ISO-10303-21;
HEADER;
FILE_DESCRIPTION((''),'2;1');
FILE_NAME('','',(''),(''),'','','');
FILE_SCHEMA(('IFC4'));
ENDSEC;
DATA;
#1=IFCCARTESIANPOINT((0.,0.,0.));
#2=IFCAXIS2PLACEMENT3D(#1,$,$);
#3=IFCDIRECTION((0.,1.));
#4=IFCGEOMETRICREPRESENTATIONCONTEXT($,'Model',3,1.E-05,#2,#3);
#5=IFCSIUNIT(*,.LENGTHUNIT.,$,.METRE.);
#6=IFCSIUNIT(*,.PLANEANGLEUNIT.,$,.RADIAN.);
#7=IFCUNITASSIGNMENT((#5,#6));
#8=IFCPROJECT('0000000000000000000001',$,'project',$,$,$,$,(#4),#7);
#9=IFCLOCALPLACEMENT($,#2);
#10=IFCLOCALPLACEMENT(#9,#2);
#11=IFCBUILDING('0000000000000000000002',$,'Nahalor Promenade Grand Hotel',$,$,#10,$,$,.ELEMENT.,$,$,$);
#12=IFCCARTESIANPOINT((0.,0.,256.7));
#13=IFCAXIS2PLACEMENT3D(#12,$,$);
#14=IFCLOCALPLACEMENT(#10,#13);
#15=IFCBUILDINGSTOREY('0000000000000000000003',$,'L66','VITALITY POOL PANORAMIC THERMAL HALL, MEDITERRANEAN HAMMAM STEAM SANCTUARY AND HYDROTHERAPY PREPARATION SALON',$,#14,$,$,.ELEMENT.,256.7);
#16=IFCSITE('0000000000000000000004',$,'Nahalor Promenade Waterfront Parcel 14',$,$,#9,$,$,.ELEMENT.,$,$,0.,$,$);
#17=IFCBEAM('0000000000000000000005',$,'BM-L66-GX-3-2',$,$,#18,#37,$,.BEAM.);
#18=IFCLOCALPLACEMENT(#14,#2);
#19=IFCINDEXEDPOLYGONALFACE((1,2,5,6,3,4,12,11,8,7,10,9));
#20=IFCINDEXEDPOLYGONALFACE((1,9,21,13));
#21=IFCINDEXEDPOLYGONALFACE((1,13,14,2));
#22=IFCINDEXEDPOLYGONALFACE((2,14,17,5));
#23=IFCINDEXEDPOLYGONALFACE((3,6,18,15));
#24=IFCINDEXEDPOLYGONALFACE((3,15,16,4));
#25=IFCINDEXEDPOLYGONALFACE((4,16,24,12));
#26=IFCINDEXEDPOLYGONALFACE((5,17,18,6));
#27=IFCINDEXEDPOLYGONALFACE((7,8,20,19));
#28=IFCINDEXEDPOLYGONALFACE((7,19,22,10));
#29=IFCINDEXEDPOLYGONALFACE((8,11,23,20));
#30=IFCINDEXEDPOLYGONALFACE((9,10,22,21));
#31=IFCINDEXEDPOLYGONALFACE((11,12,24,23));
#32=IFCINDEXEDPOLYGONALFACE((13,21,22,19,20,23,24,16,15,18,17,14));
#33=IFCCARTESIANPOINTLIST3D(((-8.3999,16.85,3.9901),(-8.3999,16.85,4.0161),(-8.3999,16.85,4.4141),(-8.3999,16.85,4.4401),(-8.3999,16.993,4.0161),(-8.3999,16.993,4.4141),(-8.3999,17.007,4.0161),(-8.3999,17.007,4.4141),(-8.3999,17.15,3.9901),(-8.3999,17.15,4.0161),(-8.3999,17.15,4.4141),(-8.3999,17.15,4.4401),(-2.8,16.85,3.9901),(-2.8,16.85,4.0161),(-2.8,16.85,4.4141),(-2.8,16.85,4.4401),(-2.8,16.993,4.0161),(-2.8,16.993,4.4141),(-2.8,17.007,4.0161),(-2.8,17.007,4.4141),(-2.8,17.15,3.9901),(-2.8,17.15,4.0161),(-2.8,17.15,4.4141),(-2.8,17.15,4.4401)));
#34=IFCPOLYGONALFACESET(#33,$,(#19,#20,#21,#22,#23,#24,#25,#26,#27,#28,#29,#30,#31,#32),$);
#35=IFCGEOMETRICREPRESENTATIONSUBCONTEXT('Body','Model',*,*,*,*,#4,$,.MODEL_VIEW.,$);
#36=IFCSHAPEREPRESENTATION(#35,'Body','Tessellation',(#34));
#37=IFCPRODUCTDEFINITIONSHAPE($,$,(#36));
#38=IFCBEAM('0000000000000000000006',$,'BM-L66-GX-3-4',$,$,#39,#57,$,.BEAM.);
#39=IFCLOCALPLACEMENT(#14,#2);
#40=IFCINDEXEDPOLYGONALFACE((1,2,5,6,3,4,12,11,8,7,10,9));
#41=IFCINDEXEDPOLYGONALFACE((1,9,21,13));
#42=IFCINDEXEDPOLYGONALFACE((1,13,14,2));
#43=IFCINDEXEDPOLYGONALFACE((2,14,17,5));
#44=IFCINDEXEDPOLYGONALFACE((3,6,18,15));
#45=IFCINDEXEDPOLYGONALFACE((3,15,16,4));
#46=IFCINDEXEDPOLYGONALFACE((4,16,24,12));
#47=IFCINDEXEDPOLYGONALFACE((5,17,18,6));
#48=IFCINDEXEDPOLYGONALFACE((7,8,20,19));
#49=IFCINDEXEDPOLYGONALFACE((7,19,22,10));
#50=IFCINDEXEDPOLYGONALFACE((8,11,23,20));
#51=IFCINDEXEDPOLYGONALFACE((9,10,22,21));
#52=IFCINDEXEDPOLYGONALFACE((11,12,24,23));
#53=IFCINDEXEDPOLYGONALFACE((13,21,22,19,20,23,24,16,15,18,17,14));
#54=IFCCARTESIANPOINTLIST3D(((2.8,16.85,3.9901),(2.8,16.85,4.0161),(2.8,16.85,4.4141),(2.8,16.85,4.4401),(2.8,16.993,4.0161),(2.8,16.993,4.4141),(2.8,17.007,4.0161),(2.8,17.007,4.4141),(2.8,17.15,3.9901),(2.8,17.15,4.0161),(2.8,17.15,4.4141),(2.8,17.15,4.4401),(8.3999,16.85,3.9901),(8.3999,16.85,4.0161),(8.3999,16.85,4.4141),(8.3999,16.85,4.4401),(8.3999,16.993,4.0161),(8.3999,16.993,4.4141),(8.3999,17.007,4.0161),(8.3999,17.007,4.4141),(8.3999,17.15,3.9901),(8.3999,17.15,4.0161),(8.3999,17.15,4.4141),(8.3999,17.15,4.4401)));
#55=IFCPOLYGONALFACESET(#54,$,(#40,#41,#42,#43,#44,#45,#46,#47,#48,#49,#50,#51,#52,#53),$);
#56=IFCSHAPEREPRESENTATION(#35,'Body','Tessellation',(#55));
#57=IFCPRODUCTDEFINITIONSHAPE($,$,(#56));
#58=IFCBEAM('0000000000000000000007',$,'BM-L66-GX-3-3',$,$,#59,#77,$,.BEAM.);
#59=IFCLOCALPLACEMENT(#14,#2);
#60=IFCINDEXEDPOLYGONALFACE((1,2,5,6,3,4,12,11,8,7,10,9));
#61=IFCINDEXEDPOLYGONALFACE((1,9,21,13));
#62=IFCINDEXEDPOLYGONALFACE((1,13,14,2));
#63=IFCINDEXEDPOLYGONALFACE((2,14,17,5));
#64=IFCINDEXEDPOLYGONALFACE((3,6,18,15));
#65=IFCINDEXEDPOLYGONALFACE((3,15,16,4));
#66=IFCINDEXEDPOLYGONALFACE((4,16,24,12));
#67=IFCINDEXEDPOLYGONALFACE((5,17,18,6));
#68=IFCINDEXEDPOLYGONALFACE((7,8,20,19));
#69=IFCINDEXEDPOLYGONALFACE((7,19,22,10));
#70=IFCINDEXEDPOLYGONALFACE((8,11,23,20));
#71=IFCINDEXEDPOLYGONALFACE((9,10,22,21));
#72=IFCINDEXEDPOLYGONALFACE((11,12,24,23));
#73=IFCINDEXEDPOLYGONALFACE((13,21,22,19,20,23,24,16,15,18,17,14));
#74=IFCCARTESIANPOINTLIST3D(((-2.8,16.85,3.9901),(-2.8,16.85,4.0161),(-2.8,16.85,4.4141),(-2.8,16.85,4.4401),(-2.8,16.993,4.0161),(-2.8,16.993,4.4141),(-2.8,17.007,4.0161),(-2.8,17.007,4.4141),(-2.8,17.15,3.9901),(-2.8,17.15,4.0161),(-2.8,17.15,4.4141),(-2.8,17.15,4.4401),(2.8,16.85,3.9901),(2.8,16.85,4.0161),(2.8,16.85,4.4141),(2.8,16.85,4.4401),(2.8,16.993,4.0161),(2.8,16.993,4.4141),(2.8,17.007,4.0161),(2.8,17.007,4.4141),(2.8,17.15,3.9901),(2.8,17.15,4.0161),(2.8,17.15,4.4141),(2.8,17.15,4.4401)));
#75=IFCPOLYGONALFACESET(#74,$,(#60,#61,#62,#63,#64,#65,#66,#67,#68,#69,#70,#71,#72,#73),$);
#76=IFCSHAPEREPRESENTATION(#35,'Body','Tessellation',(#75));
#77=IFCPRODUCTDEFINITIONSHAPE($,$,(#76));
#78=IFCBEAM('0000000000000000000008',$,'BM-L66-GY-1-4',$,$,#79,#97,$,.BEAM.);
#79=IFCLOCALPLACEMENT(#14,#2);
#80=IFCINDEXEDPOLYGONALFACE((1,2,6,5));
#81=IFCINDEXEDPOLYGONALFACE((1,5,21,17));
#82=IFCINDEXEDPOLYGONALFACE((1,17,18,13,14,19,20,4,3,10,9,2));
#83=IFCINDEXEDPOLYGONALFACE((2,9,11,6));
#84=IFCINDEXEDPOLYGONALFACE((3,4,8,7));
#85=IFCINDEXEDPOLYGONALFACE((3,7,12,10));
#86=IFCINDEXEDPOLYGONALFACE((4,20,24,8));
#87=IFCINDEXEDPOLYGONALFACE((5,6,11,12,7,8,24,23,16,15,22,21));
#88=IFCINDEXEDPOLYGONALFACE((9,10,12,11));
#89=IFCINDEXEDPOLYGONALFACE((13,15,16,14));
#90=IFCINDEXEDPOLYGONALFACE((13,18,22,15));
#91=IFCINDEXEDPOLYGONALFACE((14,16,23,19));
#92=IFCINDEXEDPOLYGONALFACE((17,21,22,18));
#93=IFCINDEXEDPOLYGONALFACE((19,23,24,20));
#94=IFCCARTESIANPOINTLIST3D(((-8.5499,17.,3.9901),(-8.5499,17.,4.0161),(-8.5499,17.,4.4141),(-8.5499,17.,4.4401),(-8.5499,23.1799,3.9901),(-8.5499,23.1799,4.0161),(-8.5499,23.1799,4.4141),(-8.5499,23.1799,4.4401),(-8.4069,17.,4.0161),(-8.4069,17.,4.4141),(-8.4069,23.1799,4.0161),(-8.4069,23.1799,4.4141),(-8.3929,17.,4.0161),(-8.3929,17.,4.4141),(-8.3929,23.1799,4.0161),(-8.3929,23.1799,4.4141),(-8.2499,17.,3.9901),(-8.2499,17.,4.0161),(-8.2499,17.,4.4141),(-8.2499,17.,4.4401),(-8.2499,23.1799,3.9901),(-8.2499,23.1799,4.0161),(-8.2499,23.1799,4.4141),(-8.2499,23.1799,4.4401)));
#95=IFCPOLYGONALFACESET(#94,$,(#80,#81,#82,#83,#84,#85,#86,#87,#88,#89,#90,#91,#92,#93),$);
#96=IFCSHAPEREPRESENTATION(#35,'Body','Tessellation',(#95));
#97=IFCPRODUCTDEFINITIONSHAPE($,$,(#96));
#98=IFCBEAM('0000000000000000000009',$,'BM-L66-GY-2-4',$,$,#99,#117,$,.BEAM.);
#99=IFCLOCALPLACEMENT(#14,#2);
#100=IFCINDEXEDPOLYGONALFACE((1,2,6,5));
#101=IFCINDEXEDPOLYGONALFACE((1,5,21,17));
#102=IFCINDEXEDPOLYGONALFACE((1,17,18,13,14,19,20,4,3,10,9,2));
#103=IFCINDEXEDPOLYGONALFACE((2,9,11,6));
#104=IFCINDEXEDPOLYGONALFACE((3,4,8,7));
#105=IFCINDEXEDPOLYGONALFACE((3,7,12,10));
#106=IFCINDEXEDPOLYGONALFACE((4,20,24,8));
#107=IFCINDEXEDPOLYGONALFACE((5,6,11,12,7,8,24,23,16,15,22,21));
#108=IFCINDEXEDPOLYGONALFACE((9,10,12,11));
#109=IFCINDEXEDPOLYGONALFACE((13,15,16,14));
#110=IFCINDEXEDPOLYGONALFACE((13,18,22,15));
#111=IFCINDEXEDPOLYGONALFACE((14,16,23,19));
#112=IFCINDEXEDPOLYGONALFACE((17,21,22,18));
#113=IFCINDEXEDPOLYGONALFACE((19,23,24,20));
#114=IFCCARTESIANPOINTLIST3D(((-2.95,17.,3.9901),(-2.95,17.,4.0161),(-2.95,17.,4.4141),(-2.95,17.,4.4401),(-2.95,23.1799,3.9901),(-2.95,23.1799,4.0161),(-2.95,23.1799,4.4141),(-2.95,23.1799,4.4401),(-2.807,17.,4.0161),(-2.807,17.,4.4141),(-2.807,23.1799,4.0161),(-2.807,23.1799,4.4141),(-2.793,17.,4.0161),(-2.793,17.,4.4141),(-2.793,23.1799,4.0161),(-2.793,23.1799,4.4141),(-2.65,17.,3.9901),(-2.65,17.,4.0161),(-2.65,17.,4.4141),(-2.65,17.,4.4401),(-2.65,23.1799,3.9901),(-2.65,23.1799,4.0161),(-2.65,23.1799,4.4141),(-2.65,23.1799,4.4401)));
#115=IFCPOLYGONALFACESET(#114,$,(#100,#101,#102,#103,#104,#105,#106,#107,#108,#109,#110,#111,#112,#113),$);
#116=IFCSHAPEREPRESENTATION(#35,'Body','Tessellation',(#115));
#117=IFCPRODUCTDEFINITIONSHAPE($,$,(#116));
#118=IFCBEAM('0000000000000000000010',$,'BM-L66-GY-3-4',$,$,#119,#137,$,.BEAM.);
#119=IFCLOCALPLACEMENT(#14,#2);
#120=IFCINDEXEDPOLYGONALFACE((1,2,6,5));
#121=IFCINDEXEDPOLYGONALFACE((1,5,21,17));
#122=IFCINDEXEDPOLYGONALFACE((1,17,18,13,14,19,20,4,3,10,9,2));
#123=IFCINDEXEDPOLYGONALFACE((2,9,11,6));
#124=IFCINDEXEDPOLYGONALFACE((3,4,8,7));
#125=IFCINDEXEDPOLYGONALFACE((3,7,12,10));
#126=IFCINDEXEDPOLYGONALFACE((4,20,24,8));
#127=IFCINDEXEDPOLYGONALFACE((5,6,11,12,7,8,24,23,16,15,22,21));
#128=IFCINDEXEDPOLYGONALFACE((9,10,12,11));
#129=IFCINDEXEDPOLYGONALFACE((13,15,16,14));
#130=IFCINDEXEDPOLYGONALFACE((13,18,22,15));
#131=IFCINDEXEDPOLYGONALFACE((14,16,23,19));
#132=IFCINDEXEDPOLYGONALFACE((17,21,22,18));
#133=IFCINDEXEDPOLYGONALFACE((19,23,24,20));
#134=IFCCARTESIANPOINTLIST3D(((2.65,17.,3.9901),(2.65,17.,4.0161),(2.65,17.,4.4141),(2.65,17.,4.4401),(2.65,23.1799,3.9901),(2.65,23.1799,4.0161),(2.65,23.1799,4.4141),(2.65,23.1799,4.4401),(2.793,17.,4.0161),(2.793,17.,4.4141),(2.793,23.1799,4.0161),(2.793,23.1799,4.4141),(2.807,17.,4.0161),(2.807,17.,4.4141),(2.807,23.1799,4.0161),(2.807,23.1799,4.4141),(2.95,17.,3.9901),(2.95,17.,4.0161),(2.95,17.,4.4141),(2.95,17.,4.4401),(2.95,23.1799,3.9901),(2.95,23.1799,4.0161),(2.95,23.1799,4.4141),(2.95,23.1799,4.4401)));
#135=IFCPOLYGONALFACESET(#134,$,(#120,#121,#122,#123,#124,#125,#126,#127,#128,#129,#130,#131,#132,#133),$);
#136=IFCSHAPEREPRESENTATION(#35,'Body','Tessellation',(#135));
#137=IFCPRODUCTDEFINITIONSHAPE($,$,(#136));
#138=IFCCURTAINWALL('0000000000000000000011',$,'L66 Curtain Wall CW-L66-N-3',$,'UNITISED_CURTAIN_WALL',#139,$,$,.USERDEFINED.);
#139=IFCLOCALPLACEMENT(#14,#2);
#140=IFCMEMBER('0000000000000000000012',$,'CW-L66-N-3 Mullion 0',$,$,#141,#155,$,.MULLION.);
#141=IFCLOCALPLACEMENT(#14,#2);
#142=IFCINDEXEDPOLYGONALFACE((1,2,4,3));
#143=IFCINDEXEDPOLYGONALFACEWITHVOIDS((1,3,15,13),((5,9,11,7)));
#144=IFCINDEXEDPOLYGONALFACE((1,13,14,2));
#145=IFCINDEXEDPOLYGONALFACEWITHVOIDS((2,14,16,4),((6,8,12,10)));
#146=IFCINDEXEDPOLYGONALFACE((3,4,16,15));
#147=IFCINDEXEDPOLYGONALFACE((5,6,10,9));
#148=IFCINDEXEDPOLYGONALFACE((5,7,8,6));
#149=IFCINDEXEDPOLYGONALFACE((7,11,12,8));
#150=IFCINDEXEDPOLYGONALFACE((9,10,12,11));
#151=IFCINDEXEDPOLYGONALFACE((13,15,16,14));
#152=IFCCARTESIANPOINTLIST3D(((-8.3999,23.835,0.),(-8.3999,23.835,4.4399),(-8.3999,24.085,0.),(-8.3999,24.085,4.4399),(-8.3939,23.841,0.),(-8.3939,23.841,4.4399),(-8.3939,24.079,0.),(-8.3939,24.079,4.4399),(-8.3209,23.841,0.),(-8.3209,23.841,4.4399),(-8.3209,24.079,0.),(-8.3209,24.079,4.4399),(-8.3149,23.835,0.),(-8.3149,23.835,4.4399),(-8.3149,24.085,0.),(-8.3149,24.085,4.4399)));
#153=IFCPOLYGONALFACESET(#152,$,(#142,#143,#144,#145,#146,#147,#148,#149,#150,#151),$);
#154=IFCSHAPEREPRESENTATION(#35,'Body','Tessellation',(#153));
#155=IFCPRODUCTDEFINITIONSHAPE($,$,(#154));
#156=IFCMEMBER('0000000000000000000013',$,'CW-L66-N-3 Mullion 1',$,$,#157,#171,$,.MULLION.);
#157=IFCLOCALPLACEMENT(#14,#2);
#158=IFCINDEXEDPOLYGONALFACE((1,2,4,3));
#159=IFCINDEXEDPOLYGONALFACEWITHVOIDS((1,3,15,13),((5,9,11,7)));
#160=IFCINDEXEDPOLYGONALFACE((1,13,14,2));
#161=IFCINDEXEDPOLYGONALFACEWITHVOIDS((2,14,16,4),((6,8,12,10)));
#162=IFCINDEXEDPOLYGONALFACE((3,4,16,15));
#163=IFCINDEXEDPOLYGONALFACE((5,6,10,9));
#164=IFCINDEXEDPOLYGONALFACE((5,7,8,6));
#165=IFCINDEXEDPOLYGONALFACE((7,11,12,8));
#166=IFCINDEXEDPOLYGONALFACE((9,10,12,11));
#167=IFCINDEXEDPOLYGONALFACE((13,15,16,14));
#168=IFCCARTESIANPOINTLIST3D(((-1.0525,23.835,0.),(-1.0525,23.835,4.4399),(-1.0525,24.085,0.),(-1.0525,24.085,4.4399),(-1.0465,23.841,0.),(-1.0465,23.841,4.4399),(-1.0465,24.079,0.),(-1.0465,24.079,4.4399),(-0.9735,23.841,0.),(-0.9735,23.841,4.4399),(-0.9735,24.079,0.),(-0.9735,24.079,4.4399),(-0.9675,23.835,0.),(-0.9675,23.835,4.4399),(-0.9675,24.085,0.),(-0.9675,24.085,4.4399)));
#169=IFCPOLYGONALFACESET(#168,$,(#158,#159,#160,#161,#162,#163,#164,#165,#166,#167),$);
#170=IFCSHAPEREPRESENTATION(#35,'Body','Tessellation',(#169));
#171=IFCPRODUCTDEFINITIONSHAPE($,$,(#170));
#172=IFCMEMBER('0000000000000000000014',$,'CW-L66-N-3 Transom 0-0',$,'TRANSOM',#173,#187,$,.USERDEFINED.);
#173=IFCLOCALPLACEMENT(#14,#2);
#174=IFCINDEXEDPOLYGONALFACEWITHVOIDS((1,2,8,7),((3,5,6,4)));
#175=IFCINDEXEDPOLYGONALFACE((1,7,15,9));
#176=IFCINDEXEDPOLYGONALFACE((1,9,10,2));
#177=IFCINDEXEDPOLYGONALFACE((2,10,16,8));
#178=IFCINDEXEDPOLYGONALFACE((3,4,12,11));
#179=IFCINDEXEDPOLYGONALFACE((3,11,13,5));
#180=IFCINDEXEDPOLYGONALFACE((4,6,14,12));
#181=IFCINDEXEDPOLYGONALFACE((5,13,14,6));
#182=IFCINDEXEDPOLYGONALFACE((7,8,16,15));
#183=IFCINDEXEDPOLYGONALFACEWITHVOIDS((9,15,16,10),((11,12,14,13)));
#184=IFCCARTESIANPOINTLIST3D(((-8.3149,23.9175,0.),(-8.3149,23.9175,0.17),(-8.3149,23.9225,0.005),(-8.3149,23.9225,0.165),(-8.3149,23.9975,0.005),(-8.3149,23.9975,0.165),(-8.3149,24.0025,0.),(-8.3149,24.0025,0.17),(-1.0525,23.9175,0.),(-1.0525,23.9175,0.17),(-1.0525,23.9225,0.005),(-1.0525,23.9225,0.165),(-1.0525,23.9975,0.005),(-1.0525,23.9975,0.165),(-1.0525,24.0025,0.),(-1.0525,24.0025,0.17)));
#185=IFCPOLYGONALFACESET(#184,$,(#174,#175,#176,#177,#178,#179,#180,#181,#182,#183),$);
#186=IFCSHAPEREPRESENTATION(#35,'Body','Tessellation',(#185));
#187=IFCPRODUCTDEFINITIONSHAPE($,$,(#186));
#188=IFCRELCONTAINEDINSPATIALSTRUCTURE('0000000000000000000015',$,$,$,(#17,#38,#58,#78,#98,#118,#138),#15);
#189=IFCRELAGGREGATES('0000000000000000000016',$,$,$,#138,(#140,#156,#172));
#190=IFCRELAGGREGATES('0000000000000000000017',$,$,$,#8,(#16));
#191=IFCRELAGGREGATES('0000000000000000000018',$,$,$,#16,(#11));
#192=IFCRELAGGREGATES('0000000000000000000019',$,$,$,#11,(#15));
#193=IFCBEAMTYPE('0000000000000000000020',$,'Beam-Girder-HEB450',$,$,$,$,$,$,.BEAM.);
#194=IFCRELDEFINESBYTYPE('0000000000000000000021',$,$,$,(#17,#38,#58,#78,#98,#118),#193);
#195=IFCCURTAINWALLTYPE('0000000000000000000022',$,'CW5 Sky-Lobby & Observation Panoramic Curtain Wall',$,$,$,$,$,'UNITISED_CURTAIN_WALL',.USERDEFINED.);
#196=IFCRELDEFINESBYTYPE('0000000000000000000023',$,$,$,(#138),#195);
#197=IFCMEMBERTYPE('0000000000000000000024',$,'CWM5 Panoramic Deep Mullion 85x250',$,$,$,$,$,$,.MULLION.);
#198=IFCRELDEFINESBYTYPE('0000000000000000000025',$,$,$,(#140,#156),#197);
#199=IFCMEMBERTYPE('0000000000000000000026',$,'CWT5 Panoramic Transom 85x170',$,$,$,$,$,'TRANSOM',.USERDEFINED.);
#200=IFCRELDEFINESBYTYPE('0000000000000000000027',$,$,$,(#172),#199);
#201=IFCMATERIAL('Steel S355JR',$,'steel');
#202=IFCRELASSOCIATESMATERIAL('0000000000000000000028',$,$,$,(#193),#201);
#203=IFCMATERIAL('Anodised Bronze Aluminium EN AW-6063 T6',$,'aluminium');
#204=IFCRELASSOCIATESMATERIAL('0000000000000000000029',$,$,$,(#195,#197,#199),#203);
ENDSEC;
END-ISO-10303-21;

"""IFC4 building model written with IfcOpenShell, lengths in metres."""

from ifc_helpers import new_model, si_unit, direction, frame, origin, origin_2d, place, context, subcontext, project, spatial, hollow_rectangle, i_section, extrude, source, transform, mapped, material, material_profile, profile_set, type_object, element, aggregate, save


model = new_model("IFC4")

# Units and contexts
model_context = context("Model", 3, precision=1e-05, world=origin(), true_north=direction((0.0, 1.0)))
body_context = subcontext(model_context, "Body", "Model", "MODEL_VIEW")
ifc_project = project(units=[si_unit("LENGTHUNIT", "METRE"), si_unit("PLANEANGLEUNIT", "RADIAN")], contexts=[model_context])

# Site, building, storey
site_placement = place(None, origin())
site = spatial("IfcSite", under=ifc_project, at=site_placement, Name="Nahalor Promenade Waterfront Parcel 14", CompositionType="ELEMENT", RefElevation=0.0)
building_placement = place(site_placement, origin())
building = spatial("IfcBuilding", under=site, at=building_placement, Name="Nahalor Promenade Grand Hotel", CompositionType="ELEMENT")
storey_placement = place(building_placement, frame((0.0, 0.0, 256.7)))
storey = spatial("IfcBuildingStorey", under=building, at=storey_placement, Name="L66", Description="VITALITY POOL PANORAMIC THERMAL HALL, MEDITERRANEAN HAMMAM STEAM SANCTUARY AND HYDROTHERAPY PREPARATION SALON", CompositionType="ELEMENT", Elevation=256.7)

# Shared definitions
ifc_material_1 = material(Name="Steel S355JR", Category="steel")

# Beams
ifc_material_profile_1 = material_profile(ifc_material_1, i_section(OverallWidth=0.3, OverallDepth=0.45, WebThickness=0.014, FlangeThickness=0.026, at=origin_2d()), Name="HEB 450")
ifc_profile_set_1 = profile_set([ifc_material_profile_1], Name="Steel S355JR")
beam_type_1 = type_object("IfcBeamType", Name="Beam-Girder-HEB450", PredefinedType="BEAM", material=ifc_profile_set_1)
shared_shape_1 = source(origin(), body_context, "Body", "SweptSolid", [
    extrude(i_section(OverallWidth=0.3, OverallDepth=0.45, WebThickness=0.014, FlangeThickness=0.026, at=origin_2d()), origin(), (0.0, 0.0, 1.0), 5.5999),
])
for number, where, z_axis, x_axis, name in (
    (1, (-8.3999, 17.0, 4.2151), (1.0, 0.0, 0.0), (0.0, 1.0, 0.0), "BM-L66-GX-3-2"),
    (2, (2.8, 17.0, 4.2151), (1.0, 0.0, 0.0), (0.0, 1.0, 0.0), "BM-L66-GX-3-4"),
):
    element("IfcBeam", number, at=place(storey_placement, frame(where, z_axis=z_axis, x_axis=x_axis)), inside=storey, type_object=beam_type_1, Name=name, PredefinedType="BEAM", context=body_context, shape_type="MappedRepresentation", body=[
        mapped(shared_shape_1, transform((0.0, 0.0, 0.0), scale=1.0)),
    ])
shared_shape_2 = source(origin(), body_context, "Body", "SweptSolid", [
    extrude(i_section(OverallWidth=0.3, OverallDepth=0.45, WebThickness=0.014, FlangeThickness=0.026, at=origin_2d()), origin(), (0.0, 0.0, 1.0), 5.6001),
])
beam_1_placement = place(storey_placement, frame((-2.8, 17.0, 4.2151), z_axis=(1.0, 0.0, 0.0), x_axis=(0.0, 1.0, 0.0)))
element("IfcBeam", 3, at=beam_1_placement, inside=storey, type_object=beam_type_1, Name="BM-L66-GX-3-3", PredefinedType="BEAM", context=body_context, shape_type="MappedRepresentation", body=[
    mapped(shared_shape_2, transform((0.0, 0.0, 0.0), scale=1.0)),
])
shared_shape_3 = source(origin(), body_context, "Body", "SweptSolid", [
    extrude(i_section(OverallWidth=0.3, OverallDepth=0.45, WebThickness=0.014, FlangeThickness=0.026, at=origin_2d()), origin(), (0.0, 0.0, 1.0), 6.1799),
])
for number, where, z_axis, x_axis, name in (
    (4, (-8.3999, 17.0, 4.2151), (0.0, 1.0, 0.0), (-1.0, 0.0, 0.0), "BM-L66-GY-1-4"),
    (5, (-2.8, 17.0, 4.2151), (0.0, 1.0, 0.0), (-1.0, 0.0, 0.0), "BM-L66-GY-2-4"),
    (6, (2.8, 17.0, 4.2151), (0.0, 1.0, 0.0), (-1.0, 0.0, 0.0), "BM-L66-GY-3-4"),
):
    element("IfcBeam", number, at=place(storey_placement, frame(where, z_axis=z_axis, x_axis=x_axis)), inside=storey, type_object=beam_type_1, Name=name, PredefinedType="BEAM", context=body_context, shape_type="MappedRepresentation", body=[
        mapped(shared_shape_3, transform((0.0, 0.0, 0.0), scale=1.0)),
    ])

# Curtain wall, members
ifc_material_2 = material(Name="Anodised Bronze Aluminium EN AW-6063 T6", Category="aluminium")
curtain_wall_type = type_object("IfcCurtainWallType", Name="CW5 Sky-Lobby & Observation Panoramic Curtain Wall", ElementType="UNITISED_CURTAIN_WALL", PredefinedType="USERDEFINED", material=ifc_material_2)
curtain_wall_placement = place(storey_placement, origin())
curtain_wall = element("IfcCurtainWall", 7, at=curtain_wall_placement, inside=storey, type_object=curtain_wall_type, Name="L66 Curtain Wall CW-L66-N-3", ObjectType="UNITISED_CURTAIN_WALL", PredefinedType="USERDEFINED")
ifc_material_profile_2 = material_profile(ifc_material_2, hollow_rectangle(XDim=0.085, YDim=0.25, WallThickness=0.006, at=origin_2d()), Name="CWM 85x250x6")
ifc_profile_set_2 = profile_set([ifc_material_profile_2], Name="Anodised Bronze Aluminium EN AW-6063 T6")
member_type_1 = type_object("IfcMemberType", Name="CWM5 Panoramic Deep Mullion 85x250", PredefinedType="MULLION", material=ifc_profile_set_2)
shared_shape_4 = source(origin(), body_context, "Body", "SweptSolid", [
    extrude(hollow_rectangle(XDim=0.085, YDim=0.25, WallThickness=0.006, at=origin_2d()), origin(), (0.0, 0.0, 1.0), 4.4399),
])
member_1_placement = place(storey_placement, frame((-8.3574, 23.96, 0.0), z_axis=(0.0, 0.0, 1.0), x_axis=(1.0, 0.0, 0.0)))
member_1 = element("IfcMember", 8, at=member_1_placement, type_object=member_type_1, Name="CW-L66-N-3 Mullion 0", PredefinedType="MULLION", context=body_context, shape_type="MappedRepresentation", body=[
    mapped(shared_shape_4, transform((0.0, 0.0, 0.0), scale=1.0)),
])
member_2_placement = place(storey_placement, frame((-1.01, 23.96, 0.0), z_axis=(0.0, 0.0, 1.0), x_axis=(1.0, 0.0, 0.0)))
member_2 = element("IfcMember", 9, at=member_2_placement, type_object=member_type_1, Name="CW-L66-N-3 Mullion 1", PredefinedType="MULLION", context=body_context, shape_type="MappedRepresentation", body=[
    mapped(shared_shape_4, transform((0.0, 0.0, 0.0), scale=1.0)),
])
ifc_material_profile_3 = material_profile(ifc_material_2, hollow_rectangle(XDim=0.085, YDim=0.17, WallThickness=0.005, at=origin_2d()), Name="CWT 85x170x5")
ifc_profile_set_3 = profile_set([ifc_material_profile_3], Name="Anodised Bronze Aluminium EN AW-6063 T6")
member_type_2 = type_object("IfcMemberType", Name="CWT5 Panoramic Transom 85x170", ElementType="TRANSOM", PredefinedType="USERDEFINED", material=ifc_profile_set_3)
shared_shape_5 = source(origin(), body_context, "Body", "SweptSolid", [
    extrude(hollow_rectangle(XDim=0.085, YDim=0.17, WallThickness=0.005, at=origin_2d()), origin(), (0.0, 0.0, 1.0), 7.2625),
])
member_3_placement = place(storey_placement, frame((-8.3149, 23.96, 0.085), z_axis=(1.0, 0.0, 0.0), x_axis=(0.0, 1.0, 0.0)))
member_3 = element("IfcMember", 10, at=member_3_placement, type_object=member_type_2, Name="CW-L66-N-3 Transom 0-0", ObjectType="TRANSOM", PredefinedType="USERDEFINED", context=body_context, shape_type="MappedRepresentation", body=[
    mapped(shared_shape_5, transform((0.0, 0.0, 0.0), scale=1.0)),
])
aggregate(curtain_wall, [member_1, member_2, member_3])

save(model, "model.ifc")
